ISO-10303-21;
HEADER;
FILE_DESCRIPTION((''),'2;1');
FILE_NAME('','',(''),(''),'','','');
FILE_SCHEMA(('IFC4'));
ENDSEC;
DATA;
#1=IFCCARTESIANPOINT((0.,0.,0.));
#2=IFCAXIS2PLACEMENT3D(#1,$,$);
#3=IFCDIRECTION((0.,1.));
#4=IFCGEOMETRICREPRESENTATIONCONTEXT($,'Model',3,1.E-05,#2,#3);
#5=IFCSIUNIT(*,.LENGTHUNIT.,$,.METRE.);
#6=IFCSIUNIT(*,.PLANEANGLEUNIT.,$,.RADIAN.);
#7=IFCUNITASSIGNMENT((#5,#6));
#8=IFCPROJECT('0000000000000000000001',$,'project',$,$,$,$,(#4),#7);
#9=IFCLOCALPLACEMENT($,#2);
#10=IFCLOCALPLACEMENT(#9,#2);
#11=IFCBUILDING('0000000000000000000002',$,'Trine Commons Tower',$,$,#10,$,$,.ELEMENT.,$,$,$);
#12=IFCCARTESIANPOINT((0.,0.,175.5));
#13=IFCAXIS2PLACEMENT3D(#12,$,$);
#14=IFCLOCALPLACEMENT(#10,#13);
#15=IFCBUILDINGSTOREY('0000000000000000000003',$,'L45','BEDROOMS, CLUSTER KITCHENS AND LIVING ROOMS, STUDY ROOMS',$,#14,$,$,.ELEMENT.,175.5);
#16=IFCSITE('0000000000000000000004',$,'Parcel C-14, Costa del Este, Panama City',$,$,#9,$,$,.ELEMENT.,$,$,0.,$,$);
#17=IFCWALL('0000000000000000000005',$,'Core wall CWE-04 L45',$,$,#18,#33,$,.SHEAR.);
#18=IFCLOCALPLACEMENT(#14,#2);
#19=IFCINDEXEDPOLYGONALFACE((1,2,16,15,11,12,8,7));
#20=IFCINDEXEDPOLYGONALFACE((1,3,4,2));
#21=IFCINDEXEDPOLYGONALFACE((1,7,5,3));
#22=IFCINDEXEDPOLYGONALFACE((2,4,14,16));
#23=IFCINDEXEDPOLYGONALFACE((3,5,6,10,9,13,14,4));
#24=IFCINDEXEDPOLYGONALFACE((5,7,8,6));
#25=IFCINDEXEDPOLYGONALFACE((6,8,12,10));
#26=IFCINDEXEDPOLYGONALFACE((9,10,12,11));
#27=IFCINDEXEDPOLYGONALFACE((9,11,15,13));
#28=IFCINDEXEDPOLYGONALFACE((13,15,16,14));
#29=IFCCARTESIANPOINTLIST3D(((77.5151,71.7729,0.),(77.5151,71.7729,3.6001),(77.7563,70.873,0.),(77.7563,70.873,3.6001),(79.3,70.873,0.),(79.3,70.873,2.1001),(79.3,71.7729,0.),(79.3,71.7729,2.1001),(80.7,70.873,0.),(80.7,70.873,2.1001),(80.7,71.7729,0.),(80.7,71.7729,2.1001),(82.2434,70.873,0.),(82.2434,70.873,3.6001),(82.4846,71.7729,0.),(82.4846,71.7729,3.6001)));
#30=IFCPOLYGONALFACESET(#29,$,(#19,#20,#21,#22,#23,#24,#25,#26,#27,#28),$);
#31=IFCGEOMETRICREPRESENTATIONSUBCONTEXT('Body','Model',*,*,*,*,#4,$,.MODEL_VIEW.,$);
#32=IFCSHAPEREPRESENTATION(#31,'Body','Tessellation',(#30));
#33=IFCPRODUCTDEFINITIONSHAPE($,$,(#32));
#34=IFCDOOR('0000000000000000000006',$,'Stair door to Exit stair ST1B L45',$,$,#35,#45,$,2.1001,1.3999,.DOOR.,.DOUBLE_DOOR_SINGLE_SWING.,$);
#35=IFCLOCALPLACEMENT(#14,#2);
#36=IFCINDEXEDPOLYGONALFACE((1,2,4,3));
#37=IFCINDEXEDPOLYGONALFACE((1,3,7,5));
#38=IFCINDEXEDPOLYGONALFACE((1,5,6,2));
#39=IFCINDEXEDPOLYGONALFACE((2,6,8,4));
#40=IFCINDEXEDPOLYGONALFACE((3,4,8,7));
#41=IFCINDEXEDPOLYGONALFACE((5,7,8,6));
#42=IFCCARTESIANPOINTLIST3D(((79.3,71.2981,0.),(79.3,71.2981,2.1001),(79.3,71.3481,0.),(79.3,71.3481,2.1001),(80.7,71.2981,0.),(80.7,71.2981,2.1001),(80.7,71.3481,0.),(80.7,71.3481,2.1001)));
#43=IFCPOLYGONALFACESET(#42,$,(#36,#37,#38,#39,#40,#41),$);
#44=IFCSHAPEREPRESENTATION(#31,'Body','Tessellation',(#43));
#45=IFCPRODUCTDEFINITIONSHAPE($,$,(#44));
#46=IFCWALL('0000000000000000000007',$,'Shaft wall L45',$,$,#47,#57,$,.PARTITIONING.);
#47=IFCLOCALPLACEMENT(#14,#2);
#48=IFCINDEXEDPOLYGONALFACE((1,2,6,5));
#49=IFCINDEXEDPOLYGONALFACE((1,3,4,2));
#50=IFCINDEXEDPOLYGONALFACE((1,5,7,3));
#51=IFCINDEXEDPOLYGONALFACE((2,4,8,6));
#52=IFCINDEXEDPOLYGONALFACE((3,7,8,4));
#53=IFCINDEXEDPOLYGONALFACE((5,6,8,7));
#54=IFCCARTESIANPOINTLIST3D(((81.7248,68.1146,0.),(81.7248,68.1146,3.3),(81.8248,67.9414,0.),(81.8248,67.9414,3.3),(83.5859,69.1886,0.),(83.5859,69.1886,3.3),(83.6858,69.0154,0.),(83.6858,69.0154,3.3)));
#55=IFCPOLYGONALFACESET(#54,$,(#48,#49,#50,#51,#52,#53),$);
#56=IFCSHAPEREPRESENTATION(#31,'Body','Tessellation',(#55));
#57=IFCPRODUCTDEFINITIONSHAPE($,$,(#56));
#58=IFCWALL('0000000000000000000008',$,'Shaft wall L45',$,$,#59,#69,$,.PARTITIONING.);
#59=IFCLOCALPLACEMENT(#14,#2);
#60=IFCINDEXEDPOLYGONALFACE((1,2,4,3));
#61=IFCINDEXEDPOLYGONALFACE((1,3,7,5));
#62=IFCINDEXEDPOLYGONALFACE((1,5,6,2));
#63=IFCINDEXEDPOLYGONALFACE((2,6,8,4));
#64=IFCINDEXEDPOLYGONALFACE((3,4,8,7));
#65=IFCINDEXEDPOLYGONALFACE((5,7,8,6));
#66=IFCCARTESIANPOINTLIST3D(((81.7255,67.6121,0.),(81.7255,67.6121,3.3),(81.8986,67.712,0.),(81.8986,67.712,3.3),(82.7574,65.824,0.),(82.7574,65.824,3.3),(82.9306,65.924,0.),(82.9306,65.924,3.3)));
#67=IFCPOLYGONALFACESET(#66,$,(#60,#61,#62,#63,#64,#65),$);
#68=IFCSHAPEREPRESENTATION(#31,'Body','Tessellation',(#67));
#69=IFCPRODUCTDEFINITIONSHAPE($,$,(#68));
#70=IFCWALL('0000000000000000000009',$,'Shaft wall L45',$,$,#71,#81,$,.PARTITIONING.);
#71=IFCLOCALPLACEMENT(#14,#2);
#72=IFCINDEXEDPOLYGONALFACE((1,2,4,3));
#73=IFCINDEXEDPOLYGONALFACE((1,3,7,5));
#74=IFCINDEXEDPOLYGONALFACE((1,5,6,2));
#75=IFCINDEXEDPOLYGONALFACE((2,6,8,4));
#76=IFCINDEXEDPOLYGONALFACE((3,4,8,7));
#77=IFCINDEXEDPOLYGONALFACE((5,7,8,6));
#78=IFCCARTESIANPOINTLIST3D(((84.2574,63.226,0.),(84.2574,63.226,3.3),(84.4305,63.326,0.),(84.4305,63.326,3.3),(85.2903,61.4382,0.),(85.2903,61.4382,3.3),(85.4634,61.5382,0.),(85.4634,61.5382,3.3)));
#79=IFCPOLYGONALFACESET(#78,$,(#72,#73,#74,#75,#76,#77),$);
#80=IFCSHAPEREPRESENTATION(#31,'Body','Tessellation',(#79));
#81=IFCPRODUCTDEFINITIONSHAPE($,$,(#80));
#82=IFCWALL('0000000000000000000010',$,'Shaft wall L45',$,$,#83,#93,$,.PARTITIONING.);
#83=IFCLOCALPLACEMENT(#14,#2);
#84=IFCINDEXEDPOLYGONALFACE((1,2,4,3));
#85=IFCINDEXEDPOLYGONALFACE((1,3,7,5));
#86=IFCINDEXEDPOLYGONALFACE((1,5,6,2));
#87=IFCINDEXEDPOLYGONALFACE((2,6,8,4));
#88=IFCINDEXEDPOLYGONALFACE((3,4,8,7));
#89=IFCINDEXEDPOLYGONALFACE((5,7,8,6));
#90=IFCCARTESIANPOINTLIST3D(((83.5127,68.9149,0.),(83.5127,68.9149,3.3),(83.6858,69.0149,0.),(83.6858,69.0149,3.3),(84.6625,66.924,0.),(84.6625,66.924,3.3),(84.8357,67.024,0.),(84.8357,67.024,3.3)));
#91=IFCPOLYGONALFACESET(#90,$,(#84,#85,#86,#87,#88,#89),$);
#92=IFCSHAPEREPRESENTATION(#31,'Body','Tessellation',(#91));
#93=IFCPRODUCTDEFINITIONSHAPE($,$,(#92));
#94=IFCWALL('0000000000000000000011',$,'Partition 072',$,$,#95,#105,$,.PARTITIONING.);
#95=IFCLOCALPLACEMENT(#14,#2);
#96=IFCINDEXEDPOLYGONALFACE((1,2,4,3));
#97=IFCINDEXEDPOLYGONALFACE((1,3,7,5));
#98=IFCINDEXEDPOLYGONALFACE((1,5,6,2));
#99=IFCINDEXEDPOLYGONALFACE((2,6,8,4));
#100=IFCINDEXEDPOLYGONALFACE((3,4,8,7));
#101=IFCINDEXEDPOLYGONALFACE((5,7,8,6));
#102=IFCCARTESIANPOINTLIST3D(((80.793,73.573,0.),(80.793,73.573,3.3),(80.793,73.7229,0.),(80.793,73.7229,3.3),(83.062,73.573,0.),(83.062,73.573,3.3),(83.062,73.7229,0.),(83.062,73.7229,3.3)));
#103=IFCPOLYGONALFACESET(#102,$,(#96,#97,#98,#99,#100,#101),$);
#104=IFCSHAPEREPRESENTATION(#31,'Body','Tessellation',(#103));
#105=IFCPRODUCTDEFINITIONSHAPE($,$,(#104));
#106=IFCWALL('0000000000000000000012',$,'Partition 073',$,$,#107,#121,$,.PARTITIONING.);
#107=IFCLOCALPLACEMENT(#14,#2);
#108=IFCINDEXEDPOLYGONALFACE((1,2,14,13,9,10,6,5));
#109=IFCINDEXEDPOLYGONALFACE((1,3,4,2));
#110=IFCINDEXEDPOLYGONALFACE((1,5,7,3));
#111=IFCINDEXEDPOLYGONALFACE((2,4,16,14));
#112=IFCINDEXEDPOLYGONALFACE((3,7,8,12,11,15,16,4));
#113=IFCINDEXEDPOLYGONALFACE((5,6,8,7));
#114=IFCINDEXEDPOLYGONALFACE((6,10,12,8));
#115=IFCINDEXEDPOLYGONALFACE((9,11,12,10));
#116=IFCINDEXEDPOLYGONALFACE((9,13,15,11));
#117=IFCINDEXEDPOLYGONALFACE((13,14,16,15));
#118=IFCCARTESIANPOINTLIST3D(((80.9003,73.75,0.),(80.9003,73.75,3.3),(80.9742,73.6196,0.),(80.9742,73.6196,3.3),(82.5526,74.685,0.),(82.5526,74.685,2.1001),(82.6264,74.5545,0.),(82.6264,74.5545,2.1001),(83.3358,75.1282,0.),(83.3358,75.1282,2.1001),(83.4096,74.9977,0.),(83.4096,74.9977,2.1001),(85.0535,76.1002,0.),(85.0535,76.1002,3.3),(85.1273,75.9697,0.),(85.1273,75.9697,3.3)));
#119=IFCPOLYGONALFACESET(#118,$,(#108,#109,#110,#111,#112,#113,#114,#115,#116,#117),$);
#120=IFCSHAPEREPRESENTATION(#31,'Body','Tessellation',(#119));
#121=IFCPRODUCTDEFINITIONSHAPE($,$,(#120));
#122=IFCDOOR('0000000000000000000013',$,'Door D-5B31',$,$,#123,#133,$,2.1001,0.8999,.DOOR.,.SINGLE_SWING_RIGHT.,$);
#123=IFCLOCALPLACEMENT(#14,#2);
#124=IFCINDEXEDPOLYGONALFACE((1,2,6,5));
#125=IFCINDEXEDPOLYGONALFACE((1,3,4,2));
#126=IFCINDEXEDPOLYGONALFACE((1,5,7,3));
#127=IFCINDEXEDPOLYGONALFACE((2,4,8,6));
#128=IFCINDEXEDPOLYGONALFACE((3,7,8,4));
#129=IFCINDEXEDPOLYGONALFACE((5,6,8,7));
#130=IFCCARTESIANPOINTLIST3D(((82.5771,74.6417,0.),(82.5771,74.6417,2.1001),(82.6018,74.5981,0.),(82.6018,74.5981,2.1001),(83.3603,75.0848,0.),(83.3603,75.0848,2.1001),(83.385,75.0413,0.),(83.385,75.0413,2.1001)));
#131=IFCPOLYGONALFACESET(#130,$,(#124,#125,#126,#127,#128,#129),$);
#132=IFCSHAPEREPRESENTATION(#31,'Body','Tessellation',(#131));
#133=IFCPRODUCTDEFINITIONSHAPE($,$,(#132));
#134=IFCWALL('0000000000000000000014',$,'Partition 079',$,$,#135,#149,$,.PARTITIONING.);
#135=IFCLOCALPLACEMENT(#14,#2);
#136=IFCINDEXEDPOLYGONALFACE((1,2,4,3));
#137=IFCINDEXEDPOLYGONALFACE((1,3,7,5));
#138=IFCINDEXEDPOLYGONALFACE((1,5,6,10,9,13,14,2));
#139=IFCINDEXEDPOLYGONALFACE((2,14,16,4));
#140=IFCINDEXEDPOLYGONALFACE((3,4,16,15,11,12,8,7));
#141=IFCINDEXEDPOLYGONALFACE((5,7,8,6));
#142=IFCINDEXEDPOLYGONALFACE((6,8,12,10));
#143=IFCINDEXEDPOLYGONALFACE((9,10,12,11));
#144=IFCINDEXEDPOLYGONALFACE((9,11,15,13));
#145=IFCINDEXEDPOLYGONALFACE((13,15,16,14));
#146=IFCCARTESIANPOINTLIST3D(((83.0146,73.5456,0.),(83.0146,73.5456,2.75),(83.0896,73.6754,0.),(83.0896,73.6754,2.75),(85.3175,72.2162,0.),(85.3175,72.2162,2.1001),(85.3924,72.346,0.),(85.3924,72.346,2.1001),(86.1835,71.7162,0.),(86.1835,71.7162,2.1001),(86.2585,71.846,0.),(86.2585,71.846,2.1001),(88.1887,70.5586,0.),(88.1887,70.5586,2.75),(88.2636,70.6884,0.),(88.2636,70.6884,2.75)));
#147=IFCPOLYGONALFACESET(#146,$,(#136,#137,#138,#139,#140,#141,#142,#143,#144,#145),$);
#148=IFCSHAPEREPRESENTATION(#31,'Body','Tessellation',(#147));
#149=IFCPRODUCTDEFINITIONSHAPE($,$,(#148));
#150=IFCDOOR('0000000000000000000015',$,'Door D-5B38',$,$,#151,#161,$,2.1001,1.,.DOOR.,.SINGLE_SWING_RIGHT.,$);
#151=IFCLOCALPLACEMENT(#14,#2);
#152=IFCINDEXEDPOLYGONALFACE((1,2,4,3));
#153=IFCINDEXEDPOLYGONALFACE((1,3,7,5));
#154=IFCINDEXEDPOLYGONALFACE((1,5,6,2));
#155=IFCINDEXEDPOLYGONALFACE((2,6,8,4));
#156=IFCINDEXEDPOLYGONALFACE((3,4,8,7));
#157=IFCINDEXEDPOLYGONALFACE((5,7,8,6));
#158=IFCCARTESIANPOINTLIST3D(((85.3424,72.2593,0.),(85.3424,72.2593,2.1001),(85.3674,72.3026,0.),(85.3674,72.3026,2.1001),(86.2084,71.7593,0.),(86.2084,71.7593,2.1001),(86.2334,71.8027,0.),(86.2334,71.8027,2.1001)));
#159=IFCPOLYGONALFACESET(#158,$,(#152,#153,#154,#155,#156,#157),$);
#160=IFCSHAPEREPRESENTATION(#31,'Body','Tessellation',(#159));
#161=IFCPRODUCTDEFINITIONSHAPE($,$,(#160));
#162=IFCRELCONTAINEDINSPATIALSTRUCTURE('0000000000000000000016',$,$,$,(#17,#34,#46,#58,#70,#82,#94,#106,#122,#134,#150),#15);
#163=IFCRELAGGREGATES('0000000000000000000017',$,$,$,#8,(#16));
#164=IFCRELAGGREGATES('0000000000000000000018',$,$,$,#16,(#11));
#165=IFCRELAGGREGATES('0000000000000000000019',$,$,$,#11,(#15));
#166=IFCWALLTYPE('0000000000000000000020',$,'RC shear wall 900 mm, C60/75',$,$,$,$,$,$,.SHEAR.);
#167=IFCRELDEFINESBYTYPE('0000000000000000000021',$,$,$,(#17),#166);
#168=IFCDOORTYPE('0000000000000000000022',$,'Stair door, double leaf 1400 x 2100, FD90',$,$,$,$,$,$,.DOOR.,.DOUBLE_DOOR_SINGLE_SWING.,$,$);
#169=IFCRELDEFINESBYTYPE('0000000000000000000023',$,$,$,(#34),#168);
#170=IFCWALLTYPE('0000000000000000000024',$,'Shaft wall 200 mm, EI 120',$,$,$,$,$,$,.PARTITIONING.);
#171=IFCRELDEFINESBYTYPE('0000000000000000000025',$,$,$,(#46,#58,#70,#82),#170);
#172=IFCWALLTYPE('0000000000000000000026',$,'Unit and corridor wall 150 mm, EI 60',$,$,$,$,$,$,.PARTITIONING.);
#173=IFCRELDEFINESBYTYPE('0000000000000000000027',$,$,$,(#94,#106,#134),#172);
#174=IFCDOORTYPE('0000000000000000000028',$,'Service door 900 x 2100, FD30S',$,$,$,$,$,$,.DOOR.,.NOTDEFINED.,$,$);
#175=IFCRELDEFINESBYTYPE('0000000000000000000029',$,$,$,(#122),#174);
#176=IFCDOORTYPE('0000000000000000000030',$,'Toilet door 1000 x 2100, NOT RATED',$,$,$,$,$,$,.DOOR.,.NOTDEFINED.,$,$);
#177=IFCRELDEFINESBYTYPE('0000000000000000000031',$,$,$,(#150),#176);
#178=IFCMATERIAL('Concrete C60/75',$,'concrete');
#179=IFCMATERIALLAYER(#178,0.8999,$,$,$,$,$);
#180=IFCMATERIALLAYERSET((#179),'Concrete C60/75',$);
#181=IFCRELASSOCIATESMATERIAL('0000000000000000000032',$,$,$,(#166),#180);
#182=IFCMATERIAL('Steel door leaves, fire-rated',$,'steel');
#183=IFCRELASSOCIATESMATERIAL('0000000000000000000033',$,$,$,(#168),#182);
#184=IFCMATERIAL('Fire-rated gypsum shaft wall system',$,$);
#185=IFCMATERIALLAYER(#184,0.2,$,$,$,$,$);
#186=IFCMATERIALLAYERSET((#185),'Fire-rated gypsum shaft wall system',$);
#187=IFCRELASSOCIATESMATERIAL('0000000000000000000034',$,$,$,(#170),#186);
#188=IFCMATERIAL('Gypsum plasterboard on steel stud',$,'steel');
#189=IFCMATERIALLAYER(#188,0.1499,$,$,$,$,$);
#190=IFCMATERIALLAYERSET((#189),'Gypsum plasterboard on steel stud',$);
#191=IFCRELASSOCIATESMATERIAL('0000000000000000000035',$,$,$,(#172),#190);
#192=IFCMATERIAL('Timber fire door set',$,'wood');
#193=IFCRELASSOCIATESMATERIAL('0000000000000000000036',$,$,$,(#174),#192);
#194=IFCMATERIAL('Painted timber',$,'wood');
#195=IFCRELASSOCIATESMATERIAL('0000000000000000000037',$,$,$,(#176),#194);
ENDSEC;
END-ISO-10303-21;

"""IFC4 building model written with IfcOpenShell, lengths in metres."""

from ifc_helpers import new_model, si_unit, direction, frame, frame_2d, origin, place, context, subcontext, project, spatial, polyline, rectangle, outline, extrude, material, layer, layer_set, type_object, element, fill, save


model = new_model("IFC4")

# Units and contexts
model_context = context("Model", 3, precision=1e-05, world=origin(), true_north=direction((0.0, 1.0)))
body_context = subcontext(model_context, "Body", "Model", "MODEL_VIEW")
ifc_project = project(units=[si_unit("LENGTHUNIT", "METRE"), si_unit("PLANEANGLEUNIT", "RADIAN")], contexts=[model_context])

# Site, building, storey
site_placement = place(None, origin())
site = spatial("IfcSite", under=ifc_project, at=site_placement, Name="Parcel C-14, Costa del Este, Panama City", CompositionType="ELEMENT", RefElevation=0.0)
building_placement = place(site_placement, origin())
building = spatial("IfcBuilding", under=site, at=building_placement, Name="Trine Commons Tower", CompositionType="ELEMENT")
storey_placement = place(building_placement, frame((0.0, 0.0, 175.5)))
storey = spatial("IfcBuildingStorey", under=building, at=storey_placement, Name="L45", Description="BEDROOMS, CLUSTER KITCHENS AND LIVING ROOMS, STUDY ROOMS", CompositionType="ELEMENT", Elevation=175.5)

# Shared definitions
ifc_material_1 = material(Name="Fire-rated gypsum shaft wall system")
ifc_material_2 = material(Name="Concrete C60/75", Category="concrete")

# Wall, opening, door
ifc_layer_1 = layer(ifc_material_2, 0.8999)
ifc_layer_set_1 = layer_set([ifc_layer_1], Name="Concrete C60/75")
wall_type_1 = type_object("IfcWallType", Name="RC shear wall 900 mm, C60/75", PredefinedType="SHEAR", material=ifc_layer_set_1)
wall_1_placement = place(storey_placement, frame((82.4846, 71.323, 0.0), z_axis=(0.0, 0.0, 1.0), x_axis=(-1.0, 0.0, 0.0)))
wall_1 = element("IfcWall", 1, at=wall_1_placement, inside=storey, type_object=wall_type_1, Name="Core wall CWE-04 L45", PredefinedType="SHEAR", context=body_context, shape_type="SweptSolid", body=[
    extrude(outline(polyline([(0.0, -0.45), (4.9695, -0.45), (4.7283, 0.45), (0.2412, 0.45), (0.0, -0.45)])), origin(), (0.0, 0.0, 1.0), 3.6001),
])
opening_1_placement = place(wall_1_placement, frame((1.7847, 0.0, 0.0)))
opening_1 = element("IfcOpeningElement", 2, at=opening_1_placement, cuts=wall_1, PredefinedType="OPENING", context=body_context, shape_type="SweptSolid", body=[
    extrude(rectangle(XDim=1.3999, YDim=2.1001, at=frame_2d((0.7, 1.05))), frame((0.0, 0.46, 0.0), z_axis=(0.0, -1.0, 0.0), x_axis=(1.0, 0.0, 0.0)), (0.0, 0.0, 1.0), 0.9199),
])
ifc_material_3 = material(Name="Steel door leaves, fire-rated", Category="steel")
door_type_1 = type_object("IfcDoorType", Name="Stair door, double leaf 1400 x 2100, FD90", OperationType="DOUBLE_DOOR_SINGLE_SWING", PredefinedType="DOOR", material=ifc_material_3)
door_1_placement = place(opening_1_placement, origin())
door_1 = element("IfcDoor", 3, at=door_1_placement, inside=storey, type_object=door_type_1, Name="Stair door to Exit stair ST1B L45", OperationType="DOUBLE_DOOR_SINGLE_SWING", OverallHeight=2.1001, OverallWidth=1.3999, PredefinedType="DOOR", context=body_context, shape_type="SweptSolid", body=[
    extrude(rectangle(XDim=1.3999, YDim=2.1001, at=frame_2d((0.7, 1.05))), frame((0.0, 0.0249, 0.0), z_axis=(0.0, -1.0, 0.0), x_axis=(1.0, 0.0, 0.0)), (0.0, 0.0, 1.0), 0.05),
])
fill(opening_1, door_1)

# Walls
ifc_layer_2 = layer(ifc_material_1, 0.2)
ifc_layer_set_2 = layer_set([ifc_layer_2], Name="Fire-rated gypsum shaft wall system")
wall_type_2 = type_object("IfcWallType", Name="Shaft wall 200 mm, EI 120", PredefinedType="PARTITIONING", material=ifc_layer_set_2)
wall_2_placement = place(storey_placement, frame((81.7749, 68.0281, 0.0), z_axis=(0.0, 0.0, 1.0), x_axis=(0.866131, 0.499818, 0.0)))
element("IfcWall", 4, at=wall_2_placement, inside=storey, type_object=wall_type_2, Name="Shaft wall L45", PredefinedType="PARTITIONING", context=body_context, shape_type="SweptSolid", body=[
    extrude(rectangle(XDim=2.1487, YDim=0.2, at=frame_2d((1.0742, 0.0))), origin(), (0.0, 0.0, 1.0), 3.3),
])
wall_3_placement = place(storey_placement, frame((82.844, 65.874, 0.0), z_axis=(0.0, 0.0, 1.0), x_axis=(-0.499866, 0.866103, 0.0)))
element("IfcWall", 5, at=wall_3_placement, inside=storey, type_object=wall_type_2, Name="Shaft wall L45", PredefinedType="PARTITIONING", context=body_context, shape_type="SweptSolid", body=[
    extrude(rectangle(XDim=2.0645, YDim=0.2, at=frame_2d((1.0322, 0.0))), origin(), (0.0, 0.0, 1.0), 3.3),
])
wall_4_placement = place(storey_placement, frame((84.344, 63.2759, 0.0), z_axis=(0.0, 0.0, 1.0), x_axis=(0.500272, -0.865868, 0.0)))
element("IfcWall", 6, at=wall_4_placement, inside=storey, type_object=wall_type_2, Name="Shaft wall L45", PredefinedType="PARTITIONING", context=body_context, shape_type="SweptSolid", body=[
    extrude(rectangle(XDim=2.0647, YDim=0.2, at=frame_2d((1.0322, 0.0))), origin(), (0.0, 0.0, 1.0), 3.3),
])
wall_5_placement = place(storey_placement, frame((84.749, 66.9741, 0.0), z_axis=(0.0, 0.0, 1.0), x_axis=(-0.500136, 0.865947, 0.0)))
element("IfcWall", 7, at=wall_5_placement, inside=storey, type_object=wall_type_2, Name="Shaft wall L45", PredefinedType="PARTITIONING", context=body_context, shape_type="SweptSolid", body=[
    extrude(rectangle(XDim=2.2991, YDim=0.2, at=frame_2d((1.1494, 0.0))), origin(), (0.0, 0.0, 1.0), 3.3),
])
ifc_material_4 = material(Name="Gypsum plasterboard on steel stud", Category="steel")
ifc_layer_3 = layer(ifc_material_4, 0.1499)
ifc_layer_set_3 = layer_set([ifc_layer_3], Name="Gypsum plasterboard on steel stud")
wall_type_3 = type_object("IfcWallType", Name="Unit and corridor wall 150 mm, EI 60", PredefinedType="PARTITIONING", material=ifc_layer_set_3)
wall_6_placement = place(storey_placement, frame((80.793, 73.6479, 0.0), z_axis=(0.0, 0.0, 1.0), x_axis=(1.0, 0.0, 0.0)))
element("IfcWall", 8, at=wall_6_placement, inside=storey, type_object=wall_type_3, Name="Partition 072", PredefinedType="PARTITIONING", context=body_context, shape_type="SweptSolid", body=[
    extrude(rectangle(XDim=2.269, YDim=0.1499, at=frame_2d((1.1345, 0.0))), origin(), (0.0, 0.0, 1.0), 3.3),
])

# Walls, openings, doors
wall_7_placement = place(storey_placement, frame((80.9373, 73.6848, 0.0), z_axis=(0.0, 0.0, 1.0), x_axis=(0.87032, 0.492487, 0.0)))
wall_7 = element("IfcWall", 9, at=wall_7_placement, inside=storey, type_object=wall_type_3, Name="Partition 073", PredefinedType="PARTITIONING", context=body_context, shape_type="SweptSolid", body=[
    extrude(rectangle(XDim=4.772, YDim=0.1499, at=frame_2d((2.386, 0.0))), origin(), (0.0, 0.0, 1.0), 3.3),
])
opening_2_placement = place(wall_7_placement, frame((1.8984, 0.0, 0.0)))
opening_2 = element("IfcOpeningElement", 10, at=opening_2_placement, cuts=wall_7, PredefinedType="OPENING", context=body_context, shape_type="SweptSolid", body=[
    extrude(rectangle(XDim=0.8999, YDim=2.1001, at=frame_2d((0.45, 1.05))), frame((0.0, 0.085, 0.0), z_axis=(0.0, -1.0, 0.0), x_axis=(1.0, 0.0, 0.0)), (0.0, 0.0, 1.0), 0.1699),
])
ifc_material_5 = material(Name="Timber fire door set", Category="wood")
door_type_2 = type_object("IfcDoorType", Name="Service door 900 x 2100, FD30S", OperationType="NOTDEFINED", PredefinedType="DOOR", material=ifc_material_5)
door_2_placement = place(opening_2_placement, frame((0.8999, 0.0, 0.0), z_axis=(0.0, 0.0, 1.0), x_axis=(-1.0, 0.0, 0.0)))
door_2 = element("IfcDoor", 11, at=door_2_placement, inside=storey, type_object=door_type_2, Name="Door D-5B31", OperationType="SINGLE_SWING_RIGHT", OverallHeight=2.1001, OverallWidth=0.8999, PredefinedType="DOOR", context=body_context, shape_type="SweptSolid", body=[
    extrude(rectangle(XDim=0.8999, YDim=2.1001, at=frame_2d((0.45, 1.05))), frame((0.0, 0.0249, 0.0), z_axis=(0.0, -1.0, 0.0), x_axis=(1.0, 0.0, 0.0)), (0.0, 0.0, 1.0), 0.05),
])
fill(opening_2, door_2)
wall_8_placement = place(storey_placement, frame((83.052, 73.6106, 0.0), z_axis=(0.0, 0.0, 1.0), x_axis=(0.866039, -0.499976, 0.0)))
wall_8 = element("IfcWall", 12, at=wall_8_placement, inside=storey, type_object=wall_type_3, Name="Partition 079", PredefinedType="PARTITIONING", context=body_context, shape_type="SweptSolid", body=[
    extrude(rectangle(XDim=5.9744, YDim=0.1499, at=frame_2d((2.9873, 0.0))), origin(), (0.0, 0.0, 1.0), 2.75),
])
opening_3_placement = place(wall_8_placement, frame((2.6592, 0.0, 0.0)))
opening_3 = element("IfcOpeningElement", 13, at=opening_3_placement, cuts=wall_8, PredefinedType="OPENING", context=body_context, shape_type="SweptSolid", body=[
    extrude(rectangle(XDim=1.0, YDim=2.1001, at=frame_2d((0.5, 1.05))), frame((0.0, 0.085, 0.0), z_axis=(0.0, -1.0, 0.0), x_axis=(1.0, 0.0, 0.0)), (0.0, 0.0, 1.0), 0.1699),
])
ifc_material_6 = material(Name="Painted timber", Category="wood")
door_type_3 = type_object("IfcDoorType", Name="Toilet door 1000 x 2100, NOT RATED", OperationType="NOTDEFINED", PredefinedType="DOOR", material=ifc_material_6)
door_3_placement = place(opening_3_placement, origin())
door_3 = element("IfcDoor", 14, at=door_3_placement, inside=storey, type_object=door_type_3, Name="Door D-5B38", OperationType="SINGLE_SWING_RIGHT", OverallHeight=2.1001, OverallWidth=1.0, PredefinedType="DOOR", context=body_context, shape_type="SweptSolid", body=[
    extrude(rectangle(XDim=1.0, YDim=2.1001, at=frame_2d((0.5, 1.05))), frame((0.0, 0.0249, 0.0), z_axis=(0.0, -1.0, 0.0), x_axis=(1.0, 0.0, 0.0)), (0.0, 0.0, 1.0), 0.05),
])
fill(opening_3, door_3)

save(model, "model.ifc")
